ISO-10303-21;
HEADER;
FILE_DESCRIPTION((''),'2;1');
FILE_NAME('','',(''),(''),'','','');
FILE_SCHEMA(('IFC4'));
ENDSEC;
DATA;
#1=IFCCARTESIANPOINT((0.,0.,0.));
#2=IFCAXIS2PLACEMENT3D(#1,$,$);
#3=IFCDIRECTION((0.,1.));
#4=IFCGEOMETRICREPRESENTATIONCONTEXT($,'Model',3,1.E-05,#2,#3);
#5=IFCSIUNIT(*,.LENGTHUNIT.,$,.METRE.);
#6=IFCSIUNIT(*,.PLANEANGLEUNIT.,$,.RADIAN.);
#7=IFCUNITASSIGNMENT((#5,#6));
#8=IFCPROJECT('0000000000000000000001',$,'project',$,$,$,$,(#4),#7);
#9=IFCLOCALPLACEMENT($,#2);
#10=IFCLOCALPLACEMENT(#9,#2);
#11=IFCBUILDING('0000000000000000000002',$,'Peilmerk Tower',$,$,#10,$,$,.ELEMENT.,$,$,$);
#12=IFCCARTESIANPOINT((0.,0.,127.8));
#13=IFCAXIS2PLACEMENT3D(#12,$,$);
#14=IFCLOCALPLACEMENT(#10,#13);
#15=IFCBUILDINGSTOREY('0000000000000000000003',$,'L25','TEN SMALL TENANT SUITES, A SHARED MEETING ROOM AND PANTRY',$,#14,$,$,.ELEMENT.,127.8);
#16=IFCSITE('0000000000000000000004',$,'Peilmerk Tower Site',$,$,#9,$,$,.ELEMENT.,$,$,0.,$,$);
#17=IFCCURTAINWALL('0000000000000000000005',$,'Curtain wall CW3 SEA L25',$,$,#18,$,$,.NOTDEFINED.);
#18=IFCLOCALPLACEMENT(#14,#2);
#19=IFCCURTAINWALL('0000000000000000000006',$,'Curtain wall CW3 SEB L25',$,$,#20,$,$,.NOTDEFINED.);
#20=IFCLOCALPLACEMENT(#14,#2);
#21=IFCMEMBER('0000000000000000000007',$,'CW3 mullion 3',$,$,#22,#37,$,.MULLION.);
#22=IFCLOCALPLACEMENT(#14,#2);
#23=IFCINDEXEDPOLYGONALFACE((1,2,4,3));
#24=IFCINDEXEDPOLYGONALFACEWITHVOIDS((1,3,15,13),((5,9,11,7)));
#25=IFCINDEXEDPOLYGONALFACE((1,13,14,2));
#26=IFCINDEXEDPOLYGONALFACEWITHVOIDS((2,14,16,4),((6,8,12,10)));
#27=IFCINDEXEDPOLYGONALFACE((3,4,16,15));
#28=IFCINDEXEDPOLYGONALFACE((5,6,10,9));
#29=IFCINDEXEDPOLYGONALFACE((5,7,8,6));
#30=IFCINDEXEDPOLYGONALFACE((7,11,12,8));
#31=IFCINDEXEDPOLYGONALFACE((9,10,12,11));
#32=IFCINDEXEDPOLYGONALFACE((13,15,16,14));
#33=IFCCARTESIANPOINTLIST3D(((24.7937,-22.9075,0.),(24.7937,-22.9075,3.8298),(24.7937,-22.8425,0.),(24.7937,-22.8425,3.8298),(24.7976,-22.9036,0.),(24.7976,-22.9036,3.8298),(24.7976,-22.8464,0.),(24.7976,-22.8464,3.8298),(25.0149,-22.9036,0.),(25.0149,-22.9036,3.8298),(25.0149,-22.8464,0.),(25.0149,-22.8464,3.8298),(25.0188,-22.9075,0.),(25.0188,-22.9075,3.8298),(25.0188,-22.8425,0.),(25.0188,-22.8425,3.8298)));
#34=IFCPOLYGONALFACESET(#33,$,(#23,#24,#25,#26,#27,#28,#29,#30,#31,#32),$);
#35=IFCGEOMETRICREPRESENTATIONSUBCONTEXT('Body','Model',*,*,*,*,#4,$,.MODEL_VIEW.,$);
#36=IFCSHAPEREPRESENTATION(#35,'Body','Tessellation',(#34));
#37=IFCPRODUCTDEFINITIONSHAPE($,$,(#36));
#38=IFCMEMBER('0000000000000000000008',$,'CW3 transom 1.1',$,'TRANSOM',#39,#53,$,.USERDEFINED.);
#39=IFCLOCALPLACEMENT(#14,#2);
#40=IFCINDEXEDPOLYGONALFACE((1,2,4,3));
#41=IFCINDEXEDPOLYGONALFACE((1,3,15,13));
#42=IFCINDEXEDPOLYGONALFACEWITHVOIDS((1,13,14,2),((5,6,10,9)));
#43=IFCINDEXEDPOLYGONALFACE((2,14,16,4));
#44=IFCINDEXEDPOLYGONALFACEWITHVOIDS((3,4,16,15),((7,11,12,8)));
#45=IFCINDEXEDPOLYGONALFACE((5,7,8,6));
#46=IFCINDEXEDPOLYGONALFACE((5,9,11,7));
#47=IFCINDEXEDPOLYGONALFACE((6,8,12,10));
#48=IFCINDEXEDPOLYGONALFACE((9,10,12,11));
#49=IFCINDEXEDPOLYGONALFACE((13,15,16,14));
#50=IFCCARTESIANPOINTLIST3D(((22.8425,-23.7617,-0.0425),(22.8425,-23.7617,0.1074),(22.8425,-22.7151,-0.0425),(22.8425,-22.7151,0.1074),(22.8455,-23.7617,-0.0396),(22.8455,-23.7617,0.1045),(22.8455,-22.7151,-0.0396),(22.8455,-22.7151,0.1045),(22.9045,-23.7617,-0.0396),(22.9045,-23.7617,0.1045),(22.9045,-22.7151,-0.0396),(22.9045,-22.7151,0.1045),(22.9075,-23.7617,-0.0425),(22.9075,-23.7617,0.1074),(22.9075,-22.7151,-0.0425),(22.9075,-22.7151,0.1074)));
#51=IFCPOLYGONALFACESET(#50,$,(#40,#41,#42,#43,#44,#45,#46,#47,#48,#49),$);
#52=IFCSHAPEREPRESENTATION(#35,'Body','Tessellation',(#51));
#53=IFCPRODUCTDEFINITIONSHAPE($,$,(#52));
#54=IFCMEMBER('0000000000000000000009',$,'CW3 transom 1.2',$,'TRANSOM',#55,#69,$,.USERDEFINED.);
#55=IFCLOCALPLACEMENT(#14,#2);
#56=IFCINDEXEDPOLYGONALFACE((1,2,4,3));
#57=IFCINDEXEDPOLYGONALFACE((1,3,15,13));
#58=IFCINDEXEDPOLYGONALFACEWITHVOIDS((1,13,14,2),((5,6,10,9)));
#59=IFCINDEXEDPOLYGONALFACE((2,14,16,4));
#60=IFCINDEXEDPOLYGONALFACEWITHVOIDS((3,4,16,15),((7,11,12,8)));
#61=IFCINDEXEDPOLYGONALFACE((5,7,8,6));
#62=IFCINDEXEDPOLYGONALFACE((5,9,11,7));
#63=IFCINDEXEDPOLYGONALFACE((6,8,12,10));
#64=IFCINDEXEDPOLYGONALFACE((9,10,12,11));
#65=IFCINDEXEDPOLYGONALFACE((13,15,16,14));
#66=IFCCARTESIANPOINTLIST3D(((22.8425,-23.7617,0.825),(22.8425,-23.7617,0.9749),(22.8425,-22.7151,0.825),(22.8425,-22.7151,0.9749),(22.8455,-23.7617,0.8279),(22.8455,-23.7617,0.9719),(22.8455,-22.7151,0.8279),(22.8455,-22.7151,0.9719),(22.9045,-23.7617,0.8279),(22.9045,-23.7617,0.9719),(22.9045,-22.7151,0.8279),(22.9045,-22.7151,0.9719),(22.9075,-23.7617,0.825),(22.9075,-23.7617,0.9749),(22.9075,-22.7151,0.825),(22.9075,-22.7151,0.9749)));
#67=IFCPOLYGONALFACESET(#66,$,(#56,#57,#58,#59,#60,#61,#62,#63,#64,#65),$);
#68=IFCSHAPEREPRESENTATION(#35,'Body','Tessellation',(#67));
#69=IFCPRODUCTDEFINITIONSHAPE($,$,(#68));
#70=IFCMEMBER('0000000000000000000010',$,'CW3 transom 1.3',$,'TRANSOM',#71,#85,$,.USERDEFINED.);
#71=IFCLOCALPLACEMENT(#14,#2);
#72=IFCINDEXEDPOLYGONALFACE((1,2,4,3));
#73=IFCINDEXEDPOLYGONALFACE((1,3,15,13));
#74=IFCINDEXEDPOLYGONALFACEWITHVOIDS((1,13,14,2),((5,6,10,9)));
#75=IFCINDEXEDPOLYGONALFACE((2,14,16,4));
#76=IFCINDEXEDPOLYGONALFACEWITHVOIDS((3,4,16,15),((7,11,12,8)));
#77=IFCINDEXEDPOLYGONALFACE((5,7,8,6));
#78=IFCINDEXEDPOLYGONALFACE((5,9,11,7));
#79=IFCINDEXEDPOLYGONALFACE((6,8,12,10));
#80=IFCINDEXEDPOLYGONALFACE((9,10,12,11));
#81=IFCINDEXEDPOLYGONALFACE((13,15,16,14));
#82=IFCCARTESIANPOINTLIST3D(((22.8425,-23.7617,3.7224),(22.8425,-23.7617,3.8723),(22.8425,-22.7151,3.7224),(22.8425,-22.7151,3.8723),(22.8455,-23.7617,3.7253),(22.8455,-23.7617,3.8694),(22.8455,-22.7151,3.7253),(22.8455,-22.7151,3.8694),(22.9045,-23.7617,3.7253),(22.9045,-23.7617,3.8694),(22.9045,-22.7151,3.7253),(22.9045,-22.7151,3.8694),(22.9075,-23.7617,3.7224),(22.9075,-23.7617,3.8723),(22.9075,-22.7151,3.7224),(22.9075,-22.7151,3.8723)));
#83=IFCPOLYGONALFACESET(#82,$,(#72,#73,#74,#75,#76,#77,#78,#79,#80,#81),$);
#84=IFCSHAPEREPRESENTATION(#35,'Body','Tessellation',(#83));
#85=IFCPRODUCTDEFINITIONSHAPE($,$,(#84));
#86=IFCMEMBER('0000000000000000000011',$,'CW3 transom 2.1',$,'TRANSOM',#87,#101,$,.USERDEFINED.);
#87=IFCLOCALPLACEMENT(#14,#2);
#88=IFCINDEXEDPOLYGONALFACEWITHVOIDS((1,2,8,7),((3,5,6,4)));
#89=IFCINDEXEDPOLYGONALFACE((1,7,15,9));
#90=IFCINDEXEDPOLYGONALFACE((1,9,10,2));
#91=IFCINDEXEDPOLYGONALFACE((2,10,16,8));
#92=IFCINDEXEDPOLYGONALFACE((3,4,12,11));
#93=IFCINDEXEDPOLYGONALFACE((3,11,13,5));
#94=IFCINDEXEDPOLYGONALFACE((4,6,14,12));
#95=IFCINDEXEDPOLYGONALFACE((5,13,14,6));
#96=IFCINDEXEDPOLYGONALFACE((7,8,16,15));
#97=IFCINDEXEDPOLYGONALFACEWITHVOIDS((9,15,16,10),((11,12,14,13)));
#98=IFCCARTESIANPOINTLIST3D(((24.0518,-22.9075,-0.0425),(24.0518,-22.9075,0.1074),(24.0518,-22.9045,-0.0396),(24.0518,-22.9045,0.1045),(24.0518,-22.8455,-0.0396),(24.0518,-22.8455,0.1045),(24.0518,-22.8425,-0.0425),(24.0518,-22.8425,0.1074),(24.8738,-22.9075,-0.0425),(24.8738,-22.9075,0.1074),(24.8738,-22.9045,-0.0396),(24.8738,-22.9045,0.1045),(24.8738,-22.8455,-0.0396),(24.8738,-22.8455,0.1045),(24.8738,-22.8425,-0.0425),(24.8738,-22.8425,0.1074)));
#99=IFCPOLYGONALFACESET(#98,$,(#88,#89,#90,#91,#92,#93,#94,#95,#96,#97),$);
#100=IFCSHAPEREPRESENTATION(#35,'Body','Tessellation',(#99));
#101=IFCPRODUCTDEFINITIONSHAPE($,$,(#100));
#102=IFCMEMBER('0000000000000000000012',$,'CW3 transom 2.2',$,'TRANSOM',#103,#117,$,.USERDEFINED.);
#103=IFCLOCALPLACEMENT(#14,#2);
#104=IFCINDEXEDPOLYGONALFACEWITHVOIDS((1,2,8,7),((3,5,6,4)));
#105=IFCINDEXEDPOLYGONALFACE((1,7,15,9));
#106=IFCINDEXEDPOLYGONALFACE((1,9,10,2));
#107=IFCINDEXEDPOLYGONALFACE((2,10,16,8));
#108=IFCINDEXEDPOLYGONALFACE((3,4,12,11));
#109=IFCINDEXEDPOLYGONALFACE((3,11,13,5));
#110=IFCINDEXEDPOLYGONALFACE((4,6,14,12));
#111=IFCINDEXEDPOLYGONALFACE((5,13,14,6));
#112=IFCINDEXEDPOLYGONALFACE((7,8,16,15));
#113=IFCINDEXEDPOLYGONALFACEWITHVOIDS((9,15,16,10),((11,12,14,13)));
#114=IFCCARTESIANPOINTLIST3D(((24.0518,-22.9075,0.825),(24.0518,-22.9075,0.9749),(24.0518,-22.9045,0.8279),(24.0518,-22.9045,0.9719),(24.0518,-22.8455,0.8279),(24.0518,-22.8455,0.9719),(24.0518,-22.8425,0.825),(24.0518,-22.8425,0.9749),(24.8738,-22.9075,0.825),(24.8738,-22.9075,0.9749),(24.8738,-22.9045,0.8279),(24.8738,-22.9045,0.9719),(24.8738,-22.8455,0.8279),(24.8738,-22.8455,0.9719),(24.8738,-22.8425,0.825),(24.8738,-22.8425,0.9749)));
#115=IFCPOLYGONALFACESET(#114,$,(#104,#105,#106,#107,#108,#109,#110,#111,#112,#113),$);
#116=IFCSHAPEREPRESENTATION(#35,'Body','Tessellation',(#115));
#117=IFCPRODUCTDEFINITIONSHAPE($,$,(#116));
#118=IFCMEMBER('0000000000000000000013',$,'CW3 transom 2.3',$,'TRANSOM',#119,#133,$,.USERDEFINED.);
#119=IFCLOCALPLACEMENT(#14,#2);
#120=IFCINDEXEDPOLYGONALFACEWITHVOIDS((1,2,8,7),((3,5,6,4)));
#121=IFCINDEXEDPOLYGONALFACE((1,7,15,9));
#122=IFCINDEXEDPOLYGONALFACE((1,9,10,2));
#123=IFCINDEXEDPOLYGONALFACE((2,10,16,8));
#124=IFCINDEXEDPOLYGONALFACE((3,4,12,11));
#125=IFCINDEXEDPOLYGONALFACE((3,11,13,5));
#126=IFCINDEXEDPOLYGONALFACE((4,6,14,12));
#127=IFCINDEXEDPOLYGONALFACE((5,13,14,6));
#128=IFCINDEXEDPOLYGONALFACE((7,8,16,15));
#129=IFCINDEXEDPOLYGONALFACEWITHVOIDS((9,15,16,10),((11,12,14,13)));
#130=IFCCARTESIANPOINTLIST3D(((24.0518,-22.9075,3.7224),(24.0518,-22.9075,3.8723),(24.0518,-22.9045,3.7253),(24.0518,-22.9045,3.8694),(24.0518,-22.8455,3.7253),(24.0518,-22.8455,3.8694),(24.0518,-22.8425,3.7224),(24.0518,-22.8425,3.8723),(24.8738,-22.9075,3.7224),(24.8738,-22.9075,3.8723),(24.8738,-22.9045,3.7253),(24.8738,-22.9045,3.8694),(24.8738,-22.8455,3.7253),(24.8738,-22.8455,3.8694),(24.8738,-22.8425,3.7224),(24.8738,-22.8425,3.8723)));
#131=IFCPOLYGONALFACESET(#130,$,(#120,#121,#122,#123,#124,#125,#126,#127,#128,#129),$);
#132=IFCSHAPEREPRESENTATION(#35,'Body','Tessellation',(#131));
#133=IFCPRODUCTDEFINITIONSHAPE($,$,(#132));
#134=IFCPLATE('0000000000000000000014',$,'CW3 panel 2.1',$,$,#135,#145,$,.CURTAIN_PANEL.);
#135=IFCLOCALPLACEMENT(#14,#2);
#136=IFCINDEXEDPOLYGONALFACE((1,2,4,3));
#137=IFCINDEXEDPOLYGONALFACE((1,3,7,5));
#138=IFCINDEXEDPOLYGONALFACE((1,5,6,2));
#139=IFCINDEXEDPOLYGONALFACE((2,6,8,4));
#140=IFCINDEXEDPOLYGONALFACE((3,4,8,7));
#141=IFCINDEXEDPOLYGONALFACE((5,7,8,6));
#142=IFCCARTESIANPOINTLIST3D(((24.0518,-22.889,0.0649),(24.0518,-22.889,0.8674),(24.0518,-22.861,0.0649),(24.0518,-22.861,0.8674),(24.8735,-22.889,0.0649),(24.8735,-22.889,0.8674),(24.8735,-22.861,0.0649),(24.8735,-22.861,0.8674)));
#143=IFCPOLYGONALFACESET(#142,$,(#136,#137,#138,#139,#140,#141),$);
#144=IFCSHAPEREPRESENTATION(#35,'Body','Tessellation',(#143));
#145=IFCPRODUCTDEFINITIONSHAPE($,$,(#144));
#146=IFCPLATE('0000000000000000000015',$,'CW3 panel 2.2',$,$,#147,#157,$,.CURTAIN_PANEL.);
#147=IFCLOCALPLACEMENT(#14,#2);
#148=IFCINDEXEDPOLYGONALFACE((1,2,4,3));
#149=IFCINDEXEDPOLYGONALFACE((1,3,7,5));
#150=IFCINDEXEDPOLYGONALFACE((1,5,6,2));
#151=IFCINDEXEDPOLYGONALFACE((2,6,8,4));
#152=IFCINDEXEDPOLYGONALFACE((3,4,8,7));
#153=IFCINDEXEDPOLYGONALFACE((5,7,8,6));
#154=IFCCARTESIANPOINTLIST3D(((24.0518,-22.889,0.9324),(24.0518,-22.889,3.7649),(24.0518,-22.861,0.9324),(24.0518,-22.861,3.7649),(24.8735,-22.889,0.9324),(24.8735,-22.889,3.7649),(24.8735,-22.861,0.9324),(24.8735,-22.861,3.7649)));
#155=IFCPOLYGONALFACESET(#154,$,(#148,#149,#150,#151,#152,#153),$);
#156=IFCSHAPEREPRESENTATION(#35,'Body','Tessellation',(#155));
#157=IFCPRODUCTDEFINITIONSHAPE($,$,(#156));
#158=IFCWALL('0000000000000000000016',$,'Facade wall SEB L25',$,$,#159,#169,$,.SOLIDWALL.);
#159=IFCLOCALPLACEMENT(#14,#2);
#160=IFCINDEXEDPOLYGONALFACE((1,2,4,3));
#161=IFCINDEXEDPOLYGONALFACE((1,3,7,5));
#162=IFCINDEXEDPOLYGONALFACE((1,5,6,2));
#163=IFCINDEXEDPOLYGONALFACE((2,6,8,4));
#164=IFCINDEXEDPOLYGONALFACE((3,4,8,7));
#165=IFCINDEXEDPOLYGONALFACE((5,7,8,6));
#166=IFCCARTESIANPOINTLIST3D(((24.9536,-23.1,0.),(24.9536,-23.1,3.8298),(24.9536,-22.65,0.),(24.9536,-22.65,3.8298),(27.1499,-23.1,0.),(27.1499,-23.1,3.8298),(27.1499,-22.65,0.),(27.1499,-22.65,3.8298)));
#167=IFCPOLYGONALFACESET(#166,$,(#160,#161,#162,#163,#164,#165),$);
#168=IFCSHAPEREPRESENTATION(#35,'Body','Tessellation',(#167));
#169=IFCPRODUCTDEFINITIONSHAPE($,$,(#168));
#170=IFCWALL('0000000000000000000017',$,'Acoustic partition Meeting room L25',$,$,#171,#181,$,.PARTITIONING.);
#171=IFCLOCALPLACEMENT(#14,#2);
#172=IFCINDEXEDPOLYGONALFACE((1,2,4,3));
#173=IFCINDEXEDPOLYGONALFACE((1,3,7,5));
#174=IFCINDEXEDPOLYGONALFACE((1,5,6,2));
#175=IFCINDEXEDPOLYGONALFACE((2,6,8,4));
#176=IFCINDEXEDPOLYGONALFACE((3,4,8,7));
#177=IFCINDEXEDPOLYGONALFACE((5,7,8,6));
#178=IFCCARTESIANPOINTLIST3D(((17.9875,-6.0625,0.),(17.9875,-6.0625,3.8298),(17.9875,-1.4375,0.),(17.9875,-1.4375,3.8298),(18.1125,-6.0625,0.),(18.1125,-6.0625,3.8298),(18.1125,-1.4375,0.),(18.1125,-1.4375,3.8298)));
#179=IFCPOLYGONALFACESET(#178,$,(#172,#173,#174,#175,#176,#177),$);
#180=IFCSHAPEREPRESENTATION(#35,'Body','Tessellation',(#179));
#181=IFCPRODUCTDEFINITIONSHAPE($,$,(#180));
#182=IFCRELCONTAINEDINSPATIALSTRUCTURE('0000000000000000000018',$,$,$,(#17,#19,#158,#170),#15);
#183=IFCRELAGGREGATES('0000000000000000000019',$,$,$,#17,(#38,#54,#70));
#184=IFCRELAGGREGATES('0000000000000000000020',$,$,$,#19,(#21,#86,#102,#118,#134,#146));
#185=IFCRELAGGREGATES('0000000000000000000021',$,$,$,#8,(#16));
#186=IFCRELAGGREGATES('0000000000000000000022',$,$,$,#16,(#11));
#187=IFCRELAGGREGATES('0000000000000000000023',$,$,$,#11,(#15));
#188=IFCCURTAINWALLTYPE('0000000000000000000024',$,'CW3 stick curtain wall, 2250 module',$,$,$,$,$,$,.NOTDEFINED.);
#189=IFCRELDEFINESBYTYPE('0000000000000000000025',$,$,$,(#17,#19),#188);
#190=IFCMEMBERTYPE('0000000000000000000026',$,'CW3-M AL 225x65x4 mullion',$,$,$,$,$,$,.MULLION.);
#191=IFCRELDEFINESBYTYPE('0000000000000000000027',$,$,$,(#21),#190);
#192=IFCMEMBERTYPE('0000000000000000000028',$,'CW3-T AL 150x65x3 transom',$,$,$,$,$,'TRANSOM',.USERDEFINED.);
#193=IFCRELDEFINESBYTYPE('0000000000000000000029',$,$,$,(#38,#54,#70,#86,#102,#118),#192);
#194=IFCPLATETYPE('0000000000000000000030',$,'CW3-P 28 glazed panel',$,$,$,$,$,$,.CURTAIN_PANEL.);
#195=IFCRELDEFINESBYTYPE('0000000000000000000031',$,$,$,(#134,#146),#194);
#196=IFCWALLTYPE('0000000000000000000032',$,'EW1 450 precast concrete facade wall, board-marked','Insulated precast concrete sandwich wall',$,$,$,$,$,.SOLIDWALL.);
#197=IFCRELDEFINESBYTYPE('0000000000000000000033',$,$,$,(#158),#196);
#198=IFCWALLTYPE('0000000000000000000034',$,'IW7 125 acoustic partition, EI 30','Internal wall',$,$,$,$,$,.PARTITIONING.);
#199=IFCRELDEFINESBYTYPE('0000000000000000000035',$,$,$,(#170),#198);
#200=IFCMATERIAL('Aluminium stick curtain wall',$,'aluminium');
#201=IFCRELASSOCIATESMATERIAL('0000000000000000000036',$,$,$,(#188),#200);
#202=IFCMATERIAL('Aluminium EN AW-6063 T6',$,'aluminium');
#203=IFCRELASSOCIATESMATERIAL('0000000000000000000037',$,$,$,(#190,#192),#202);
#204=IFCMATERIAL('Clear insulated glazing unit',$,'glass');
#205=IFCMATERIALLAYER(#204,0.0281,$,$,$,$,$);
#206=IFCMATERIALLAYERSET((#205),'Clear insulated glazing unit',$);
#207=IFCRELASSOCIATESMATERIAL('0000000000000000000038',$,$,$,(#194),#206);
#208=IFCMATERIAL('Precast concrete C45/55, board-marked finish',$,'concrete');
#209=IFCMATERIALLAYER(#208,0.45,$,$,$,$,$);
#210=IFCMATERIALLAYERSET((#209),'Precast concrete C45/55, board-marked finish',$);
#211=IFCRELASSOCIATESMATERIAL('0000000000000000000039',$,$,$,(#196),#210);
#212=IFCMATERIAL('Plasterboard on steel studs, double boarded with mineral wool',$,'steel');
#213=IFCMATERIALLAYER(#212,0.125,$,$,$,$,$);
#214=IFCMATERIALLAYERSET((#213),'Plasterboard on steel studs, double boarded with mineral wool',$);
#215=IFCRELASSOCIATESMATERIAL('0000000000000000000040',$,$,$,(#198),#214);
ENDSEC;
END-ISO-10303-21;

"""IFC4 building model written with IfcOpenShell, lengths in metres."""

from ifc_helpers import new_model, si_unit, direction, frame, frame_2d, origin, origin_2d, place, context, subcontext, project, spatial, rectangle, hollow_rectangle, extrude, material, layer, layer_set, material_profile, profile_set, type_object, element, aggregate, save


model = new_model("IFC4")

# Units and contexts
model_context = context("Model", 3, precision=1e-05, world=origin(), true_north=direction((0.0, 1.0)))
body_context = subcontext(model_context, "Body", "Model", "MODEL_VIEW")
ifc_project = project(units=[si_unit("LENGTHUNIT", "METRE"), si_unit("PLANEANGLEUNIT", "RADIAN")], contexts=[model_context])

# Site, building, storey
site_placement = place(None, origin())
site = spatial("IfcSite", under=ifc_project, at=site_placement, Name="Peilmerk Tower Site", CompositionType="ELEMENT", RefElevation=0.0)
building_placement = place(site_placement, origin())
building = spatial("IfcBuilding", under=site, at=building_placement, Name="Peilmerk Tower", CompositionType="ELEMENT")
storey_placement = place(building_placement, frame((0.0, 0.0, 127.8)))
storey = spatial("IfcBuildingStorey", under=building, at=storey_placement, Name="L25", Description="TEN SMALL TENANT SUITES, A SHARED MEETING ROOM AND PANTRY", CompositionType="ELEMENT", Elevation=127.8)

# Curtain walls, member
ifc_material_1 = material(Name="Aluminium stick curtain wall", Category="aluminium")
curtain_wall_type = type_object("IfcCurtainWallType", Name="CW3 stick curtain wall, 2250 module", PredefinedType="NOTDEFINED", material=ifc_material_1)
curtain_wall_1_placement = place(storey_placement, origin())
curtain_wall_1 = element("IfcCurtainWall", 1, at=curtain_wall_1_placement, inside=storey, type_object=curtain_wall_type, Name="Curtain wall CW3 SEA L25", PredefinedType="NOTDEFINED")
ifc_material_2 = material(Name="Aluminium EN AW-6063 T6", Category="aluminium")
ifc_material_profile_1 = material_profile(ifc_material_2, hollow_rectangle(XDim=0.0649, YDim=0.2251, WallThickness=0.0039, at=origin_2d()), Name="AL 225x65x4")
ifc_profile_set_1 = profile_set([ifc_material_profile_1], Name="Aluminium EN AW-6063 T6")
member_type_1 = type_object("IfcMemberType", Name="CW3-M AL 225x65x4 mullion", PredefinedType="MULLION", material=ifc_profile_set_1)
curtain_wall_2_placement = place(storey_placement, origin())
curtain_wall_2 = element("IfcCurtainWall", 2, at=curtain_wall_2_placement, inside=storey, type_object=curtain_wall_type, Name="Curtain wall CW3 SEB L25", PredefinedType="NOTDEFINED")
member_1_placement = place(storey_placement, frame((24.9062, -22.875, 0.0), z_axis=(0.0, 0.0, 1.0), x_axis=(0.0, 1.0, 0.0)))
member_1 = element("IfcMember", 3, at=member_1_placement, type_object=member_type_1, Name="CW3 mullion 3", PredefinedType="MULLION", context=body_context, shape_type="SweptSolid", body=[
    extrude(hollow_rectangle(XDim=0.0649, YDim=0.2251, WallThickness=0.0039, at=origin_2d()), origin(), (0.0, 0.0, 1.0), 3.8298),
])

# Members
ifc_material_profile_2 = material_profile(ifc_material_2, hollow_rectangle(XDim=0.0649, YDim=0.1499, WallThickness=0.0029, at=origin_2d()), Name="AL 150x65x3")
ifc_profile_set_2 = profile_set([ifc_material_profile_2], Name="Aluminium EN AW-6063 T6")
member_type_2 = type_object("IfcMemberType", Name="CW3-T AL 150x65x3 transom", ElementType="TRANSOM", PredefinedType="USERDEFINED", material=ifc_profile_set_2)
member_2_placement = place(storey_placement, frame((22.875, -22.7151, 0.0325), z_axis=(0.0, -1.0, 0.0), x_axis=(1.0, 0.0, 0.0)))
member_2 = element("IfcMember", 4, at=member_2_placement, type_object=member_type_2, Name="CW3 transom 1.1", ObjectType="TRANSOM", PredefinedType="USERDEFINED", context=body_context, shape_type="SweptSolid", body=[
    extrude(hollow_rectangle(XDim=0.0649, YDim=0.1499, WallThickness=0.0029, at=origin_2d()), origin(), (0.0, 0.0, 1.0), 1.0466),
])
member_3_placement = place(storey_placement, frame((22.875, -22.7151, 0.8999), z_axis=(0.0, -1.0, 0.0), x_axis=(1.0, 0.0, 0.0)))
member_3 = element("IfcMember", 5, at=member_3_placement, type_object=member_type_2, Name="CW3 transom 1.2", ObjectType="TRANSOM", PredefinedType="USERDEFINED", context=body_context, shape_type="SweptSolid", body=[
    extrude(hollow_rectangle(XDim=0.0649, YDim=0.1499, WallThickness=0.0029, at=origin_2d()), origin(), (0.0, 0.0, 1.0), 1.0466),
])
member_4_placement = place(storey_placement, frame((22.875, -22.7151, 3.7974), z_axis=(0.0, -1.0, 0.0), x_axis=(1.0, 0.0, 0.0)))
member_4 = element("IfcMember", 6, at=member_4_placement, type_object=member_type_2, Name="CW3 transom 1.3", ObjectType="TRANSOM", PredefinedType="USERDEFINED", context=body_context, shape_type="SweptSolid", body=[
    extrude(hollow_rectangle(XDim=0.0649, YDim=0.1499, WallThickness=0.0029, at=origin_2d()), origin(), (0.0, 0.0, 1.0), 1.0466),
])
aggregate(curtain_wall_1, [member_2, member_3, member_4])
member_5_placement = place(storey_placement, frame((24.0518, -22.875, 0.0325), z_axis=(1.0, 0.0, 0.0), x_axis=(0.0, 1.0, 0.0)))
member_5 = element("IfcMember", 7, at=member_5_placement, type_object=member_type_2, Name="CW3 transom 2.1", ObjectType="TRANSOM", PredefinedType="USERDEFINED", context=body_context, shape_type="SweptSolid", body=[
    extrude(hollow_rectangle(XDim=0.0649, YDim=0.1499, WallThickness=0.0029, at=origin_2d()), origin(), (0.0, 0.0, 1.0), 0.822),
])
member_6_placement = place(storey_placement, frame((24.0518, -22.875, 0.8999), z_axis=(1.0, 0.0, 0.0), x_axis=(0.0, 1.0, 0.0)))
member_6 = element("IfcMember", 8, at=member_6_placement, type_object=member_type_2, Name="CW3 transom 2.2", ObjectType="TRANSOM", PredefinedType="USERDEFINED", context=body_context, shape_type="SweptSolid", body=[
    extrude(hollow_rectangle(XDim=0.0649, YDim=0.1499, WallThickness=0.0029, at=origin_2d()), origin(), (0.0, 0.0, 1.0), 0.822),
])
member_7_placement = place(storey_placement, frame((24.0518, -22.875, 3.7974), z_axis=(1.0, 0.0, 0.0), x_axis=(0.0, 1.0, 0.0)))
member_7 = element("IfcMember", 9, at=member_7_placement, type_object=member_type_2, Name="CW3 transom 2.3", ObjectType="TRANSOM", PredefinedType="USERDEFINED", context=body_context, shape_type="SweptSolid", body=[
    extrude(hollow_rectangle(XDim=0.0649, YDim=0.1499, WallThickness=0.0029, at=origin_2d()), origin(), (0.0, 0.0, 1.0), 0.822),
])

# Plates
ifc_material_3 = material(Name="Clear insulated glazing unit", Category="glass")
ifc_layer_1 = layer(ifc_material_3, 0.0281)
ifc_layer_set_1 = layer_set([ifc_layer_1], Name="Clear insulated glazing unit")
plate_type = type_object("IfcPlateType", Name="CW3-P 28 glazed panel", PredefinedType="CURTAIN_PANEL", material=ifc_layer_set_1)
plate_1_placement = place(storey_placement, frame((24.4626, -22.875, 0.0649), z_axis=(0.0, 0.0, 1.0), x_axis=(1.0, 0.0, 0.0)))
plate_1 = element("IfcPlate", 10, at=plate_1_placement, type_object=plate_type, Name="CW3 panel 2.1", PredefinedType="CURTAIN_PANEL", context=body_context, shape_type="SweptSolid", body=[
    extrude(rectangle(XDim=0.8218, YDim=0.0281, at=origin_2d()), origin(), (0.0, 0.0, 1.0), 0.8025),
])
plate_2_placement = place(storey_placement, frame((24.4626, -22.875, 0.9324), z_axis=(0.0, 0.0, 1.0), x_axis=(1.0, 0.0, 0.0)))
plate_2 = element("IfcPlate", 11, at=plate_2_placement, type_object=plate_type, Name="CW3 panel 2.2", PredefinedType="CURTAIN_PANEL", context=body_context, shape_type="SweptSolid", body=[
    extrude(rectangle(XDim=0.8218, YDim=0.0281, at=origin_2d()), origin(), (0.0, 0.0, 1.0), 2.8325),
])
aggregate(curtain_wall_2, [member_1, member_5, member_6, member_7, plate_1, plate_2])

# Walls
ifc_material_4 = material(Name="Precast concrete C45/55, board-marked finish", Category="concrete")
ifc_layer_2 = layer(ifc_material_4, 0.45)
ifc_layer_set_2 = layer_set([ifc_layer_2], Name="Precast concrete C45/55, board-marked finish")
wall_type_1 = type_object("IfcWallType", Name="EW1 450 precast concrete facade wall, board-marked", Description="Insulated precast concrete sandwich wall", PredefinedType="SOLIDWALL", material=ifc_layer_set_2)
wall_1_placement = place(storey_placement, frame((24.9536, -22.875, 0.0), z_axis=(0.0, 0.0, 1.0), x_axis=(1.0, 0.0, 0.0)))
element("IfcWall", 12, at=wall_1_placement, inside=storey, type_object=wall_type_1, Name="Facade wall SEB L25", PredefinedType="SOLIDWALL", context=body_context, shape_type="SweptSolid", body=[
    extrude(rectangle(XDim=2.1963, YDim=0.45, at=frame_2d((1.0981, 0.0))), origin(), (0.0, 0.0, 1.0), 3.8298),
])
ifc_material_5 = material(Name="Plasterboard on steel studs, double boarded with mineral wool", Category="steel")
ifc_layer_3 = layer(ifc_material_5, 0.125)
ifc_layer_set_3 = layer_set([ifc_layer_3], Name="Plasterboard on steel studs, double boarded with mineral wool")
wall_type_2 = type_object("IfcWallType", Name="IW7 125 acoustic partition, EI 30", Description="Internal wall", PredefinedType="PARTITIONING", material=ifc_layer_set_3)
wall_2_placement = place(storey_placement, frame((18.05, -6.0625, 0.0), z_axis=(0.0, 0.0, 1.0), x_axis=(0.0, 1.0, 0.0)))
element("IfcWall", 13, at=wall_2_placement, inside=storey, type_object=wall_type_2, Name="Acoustic partition Meeting room L25", PredefinedType="PARTITIONING", context=body_context, shape_type="SweptSolid", body=[
    extrude(rectangle(XDim=4.625, YDim=0.125, at=frame_2d((2.3125, 0.0))), origin(), (0.0, 0.0, 1.0), 3.8298),
])

save(model, "model.ifc")
